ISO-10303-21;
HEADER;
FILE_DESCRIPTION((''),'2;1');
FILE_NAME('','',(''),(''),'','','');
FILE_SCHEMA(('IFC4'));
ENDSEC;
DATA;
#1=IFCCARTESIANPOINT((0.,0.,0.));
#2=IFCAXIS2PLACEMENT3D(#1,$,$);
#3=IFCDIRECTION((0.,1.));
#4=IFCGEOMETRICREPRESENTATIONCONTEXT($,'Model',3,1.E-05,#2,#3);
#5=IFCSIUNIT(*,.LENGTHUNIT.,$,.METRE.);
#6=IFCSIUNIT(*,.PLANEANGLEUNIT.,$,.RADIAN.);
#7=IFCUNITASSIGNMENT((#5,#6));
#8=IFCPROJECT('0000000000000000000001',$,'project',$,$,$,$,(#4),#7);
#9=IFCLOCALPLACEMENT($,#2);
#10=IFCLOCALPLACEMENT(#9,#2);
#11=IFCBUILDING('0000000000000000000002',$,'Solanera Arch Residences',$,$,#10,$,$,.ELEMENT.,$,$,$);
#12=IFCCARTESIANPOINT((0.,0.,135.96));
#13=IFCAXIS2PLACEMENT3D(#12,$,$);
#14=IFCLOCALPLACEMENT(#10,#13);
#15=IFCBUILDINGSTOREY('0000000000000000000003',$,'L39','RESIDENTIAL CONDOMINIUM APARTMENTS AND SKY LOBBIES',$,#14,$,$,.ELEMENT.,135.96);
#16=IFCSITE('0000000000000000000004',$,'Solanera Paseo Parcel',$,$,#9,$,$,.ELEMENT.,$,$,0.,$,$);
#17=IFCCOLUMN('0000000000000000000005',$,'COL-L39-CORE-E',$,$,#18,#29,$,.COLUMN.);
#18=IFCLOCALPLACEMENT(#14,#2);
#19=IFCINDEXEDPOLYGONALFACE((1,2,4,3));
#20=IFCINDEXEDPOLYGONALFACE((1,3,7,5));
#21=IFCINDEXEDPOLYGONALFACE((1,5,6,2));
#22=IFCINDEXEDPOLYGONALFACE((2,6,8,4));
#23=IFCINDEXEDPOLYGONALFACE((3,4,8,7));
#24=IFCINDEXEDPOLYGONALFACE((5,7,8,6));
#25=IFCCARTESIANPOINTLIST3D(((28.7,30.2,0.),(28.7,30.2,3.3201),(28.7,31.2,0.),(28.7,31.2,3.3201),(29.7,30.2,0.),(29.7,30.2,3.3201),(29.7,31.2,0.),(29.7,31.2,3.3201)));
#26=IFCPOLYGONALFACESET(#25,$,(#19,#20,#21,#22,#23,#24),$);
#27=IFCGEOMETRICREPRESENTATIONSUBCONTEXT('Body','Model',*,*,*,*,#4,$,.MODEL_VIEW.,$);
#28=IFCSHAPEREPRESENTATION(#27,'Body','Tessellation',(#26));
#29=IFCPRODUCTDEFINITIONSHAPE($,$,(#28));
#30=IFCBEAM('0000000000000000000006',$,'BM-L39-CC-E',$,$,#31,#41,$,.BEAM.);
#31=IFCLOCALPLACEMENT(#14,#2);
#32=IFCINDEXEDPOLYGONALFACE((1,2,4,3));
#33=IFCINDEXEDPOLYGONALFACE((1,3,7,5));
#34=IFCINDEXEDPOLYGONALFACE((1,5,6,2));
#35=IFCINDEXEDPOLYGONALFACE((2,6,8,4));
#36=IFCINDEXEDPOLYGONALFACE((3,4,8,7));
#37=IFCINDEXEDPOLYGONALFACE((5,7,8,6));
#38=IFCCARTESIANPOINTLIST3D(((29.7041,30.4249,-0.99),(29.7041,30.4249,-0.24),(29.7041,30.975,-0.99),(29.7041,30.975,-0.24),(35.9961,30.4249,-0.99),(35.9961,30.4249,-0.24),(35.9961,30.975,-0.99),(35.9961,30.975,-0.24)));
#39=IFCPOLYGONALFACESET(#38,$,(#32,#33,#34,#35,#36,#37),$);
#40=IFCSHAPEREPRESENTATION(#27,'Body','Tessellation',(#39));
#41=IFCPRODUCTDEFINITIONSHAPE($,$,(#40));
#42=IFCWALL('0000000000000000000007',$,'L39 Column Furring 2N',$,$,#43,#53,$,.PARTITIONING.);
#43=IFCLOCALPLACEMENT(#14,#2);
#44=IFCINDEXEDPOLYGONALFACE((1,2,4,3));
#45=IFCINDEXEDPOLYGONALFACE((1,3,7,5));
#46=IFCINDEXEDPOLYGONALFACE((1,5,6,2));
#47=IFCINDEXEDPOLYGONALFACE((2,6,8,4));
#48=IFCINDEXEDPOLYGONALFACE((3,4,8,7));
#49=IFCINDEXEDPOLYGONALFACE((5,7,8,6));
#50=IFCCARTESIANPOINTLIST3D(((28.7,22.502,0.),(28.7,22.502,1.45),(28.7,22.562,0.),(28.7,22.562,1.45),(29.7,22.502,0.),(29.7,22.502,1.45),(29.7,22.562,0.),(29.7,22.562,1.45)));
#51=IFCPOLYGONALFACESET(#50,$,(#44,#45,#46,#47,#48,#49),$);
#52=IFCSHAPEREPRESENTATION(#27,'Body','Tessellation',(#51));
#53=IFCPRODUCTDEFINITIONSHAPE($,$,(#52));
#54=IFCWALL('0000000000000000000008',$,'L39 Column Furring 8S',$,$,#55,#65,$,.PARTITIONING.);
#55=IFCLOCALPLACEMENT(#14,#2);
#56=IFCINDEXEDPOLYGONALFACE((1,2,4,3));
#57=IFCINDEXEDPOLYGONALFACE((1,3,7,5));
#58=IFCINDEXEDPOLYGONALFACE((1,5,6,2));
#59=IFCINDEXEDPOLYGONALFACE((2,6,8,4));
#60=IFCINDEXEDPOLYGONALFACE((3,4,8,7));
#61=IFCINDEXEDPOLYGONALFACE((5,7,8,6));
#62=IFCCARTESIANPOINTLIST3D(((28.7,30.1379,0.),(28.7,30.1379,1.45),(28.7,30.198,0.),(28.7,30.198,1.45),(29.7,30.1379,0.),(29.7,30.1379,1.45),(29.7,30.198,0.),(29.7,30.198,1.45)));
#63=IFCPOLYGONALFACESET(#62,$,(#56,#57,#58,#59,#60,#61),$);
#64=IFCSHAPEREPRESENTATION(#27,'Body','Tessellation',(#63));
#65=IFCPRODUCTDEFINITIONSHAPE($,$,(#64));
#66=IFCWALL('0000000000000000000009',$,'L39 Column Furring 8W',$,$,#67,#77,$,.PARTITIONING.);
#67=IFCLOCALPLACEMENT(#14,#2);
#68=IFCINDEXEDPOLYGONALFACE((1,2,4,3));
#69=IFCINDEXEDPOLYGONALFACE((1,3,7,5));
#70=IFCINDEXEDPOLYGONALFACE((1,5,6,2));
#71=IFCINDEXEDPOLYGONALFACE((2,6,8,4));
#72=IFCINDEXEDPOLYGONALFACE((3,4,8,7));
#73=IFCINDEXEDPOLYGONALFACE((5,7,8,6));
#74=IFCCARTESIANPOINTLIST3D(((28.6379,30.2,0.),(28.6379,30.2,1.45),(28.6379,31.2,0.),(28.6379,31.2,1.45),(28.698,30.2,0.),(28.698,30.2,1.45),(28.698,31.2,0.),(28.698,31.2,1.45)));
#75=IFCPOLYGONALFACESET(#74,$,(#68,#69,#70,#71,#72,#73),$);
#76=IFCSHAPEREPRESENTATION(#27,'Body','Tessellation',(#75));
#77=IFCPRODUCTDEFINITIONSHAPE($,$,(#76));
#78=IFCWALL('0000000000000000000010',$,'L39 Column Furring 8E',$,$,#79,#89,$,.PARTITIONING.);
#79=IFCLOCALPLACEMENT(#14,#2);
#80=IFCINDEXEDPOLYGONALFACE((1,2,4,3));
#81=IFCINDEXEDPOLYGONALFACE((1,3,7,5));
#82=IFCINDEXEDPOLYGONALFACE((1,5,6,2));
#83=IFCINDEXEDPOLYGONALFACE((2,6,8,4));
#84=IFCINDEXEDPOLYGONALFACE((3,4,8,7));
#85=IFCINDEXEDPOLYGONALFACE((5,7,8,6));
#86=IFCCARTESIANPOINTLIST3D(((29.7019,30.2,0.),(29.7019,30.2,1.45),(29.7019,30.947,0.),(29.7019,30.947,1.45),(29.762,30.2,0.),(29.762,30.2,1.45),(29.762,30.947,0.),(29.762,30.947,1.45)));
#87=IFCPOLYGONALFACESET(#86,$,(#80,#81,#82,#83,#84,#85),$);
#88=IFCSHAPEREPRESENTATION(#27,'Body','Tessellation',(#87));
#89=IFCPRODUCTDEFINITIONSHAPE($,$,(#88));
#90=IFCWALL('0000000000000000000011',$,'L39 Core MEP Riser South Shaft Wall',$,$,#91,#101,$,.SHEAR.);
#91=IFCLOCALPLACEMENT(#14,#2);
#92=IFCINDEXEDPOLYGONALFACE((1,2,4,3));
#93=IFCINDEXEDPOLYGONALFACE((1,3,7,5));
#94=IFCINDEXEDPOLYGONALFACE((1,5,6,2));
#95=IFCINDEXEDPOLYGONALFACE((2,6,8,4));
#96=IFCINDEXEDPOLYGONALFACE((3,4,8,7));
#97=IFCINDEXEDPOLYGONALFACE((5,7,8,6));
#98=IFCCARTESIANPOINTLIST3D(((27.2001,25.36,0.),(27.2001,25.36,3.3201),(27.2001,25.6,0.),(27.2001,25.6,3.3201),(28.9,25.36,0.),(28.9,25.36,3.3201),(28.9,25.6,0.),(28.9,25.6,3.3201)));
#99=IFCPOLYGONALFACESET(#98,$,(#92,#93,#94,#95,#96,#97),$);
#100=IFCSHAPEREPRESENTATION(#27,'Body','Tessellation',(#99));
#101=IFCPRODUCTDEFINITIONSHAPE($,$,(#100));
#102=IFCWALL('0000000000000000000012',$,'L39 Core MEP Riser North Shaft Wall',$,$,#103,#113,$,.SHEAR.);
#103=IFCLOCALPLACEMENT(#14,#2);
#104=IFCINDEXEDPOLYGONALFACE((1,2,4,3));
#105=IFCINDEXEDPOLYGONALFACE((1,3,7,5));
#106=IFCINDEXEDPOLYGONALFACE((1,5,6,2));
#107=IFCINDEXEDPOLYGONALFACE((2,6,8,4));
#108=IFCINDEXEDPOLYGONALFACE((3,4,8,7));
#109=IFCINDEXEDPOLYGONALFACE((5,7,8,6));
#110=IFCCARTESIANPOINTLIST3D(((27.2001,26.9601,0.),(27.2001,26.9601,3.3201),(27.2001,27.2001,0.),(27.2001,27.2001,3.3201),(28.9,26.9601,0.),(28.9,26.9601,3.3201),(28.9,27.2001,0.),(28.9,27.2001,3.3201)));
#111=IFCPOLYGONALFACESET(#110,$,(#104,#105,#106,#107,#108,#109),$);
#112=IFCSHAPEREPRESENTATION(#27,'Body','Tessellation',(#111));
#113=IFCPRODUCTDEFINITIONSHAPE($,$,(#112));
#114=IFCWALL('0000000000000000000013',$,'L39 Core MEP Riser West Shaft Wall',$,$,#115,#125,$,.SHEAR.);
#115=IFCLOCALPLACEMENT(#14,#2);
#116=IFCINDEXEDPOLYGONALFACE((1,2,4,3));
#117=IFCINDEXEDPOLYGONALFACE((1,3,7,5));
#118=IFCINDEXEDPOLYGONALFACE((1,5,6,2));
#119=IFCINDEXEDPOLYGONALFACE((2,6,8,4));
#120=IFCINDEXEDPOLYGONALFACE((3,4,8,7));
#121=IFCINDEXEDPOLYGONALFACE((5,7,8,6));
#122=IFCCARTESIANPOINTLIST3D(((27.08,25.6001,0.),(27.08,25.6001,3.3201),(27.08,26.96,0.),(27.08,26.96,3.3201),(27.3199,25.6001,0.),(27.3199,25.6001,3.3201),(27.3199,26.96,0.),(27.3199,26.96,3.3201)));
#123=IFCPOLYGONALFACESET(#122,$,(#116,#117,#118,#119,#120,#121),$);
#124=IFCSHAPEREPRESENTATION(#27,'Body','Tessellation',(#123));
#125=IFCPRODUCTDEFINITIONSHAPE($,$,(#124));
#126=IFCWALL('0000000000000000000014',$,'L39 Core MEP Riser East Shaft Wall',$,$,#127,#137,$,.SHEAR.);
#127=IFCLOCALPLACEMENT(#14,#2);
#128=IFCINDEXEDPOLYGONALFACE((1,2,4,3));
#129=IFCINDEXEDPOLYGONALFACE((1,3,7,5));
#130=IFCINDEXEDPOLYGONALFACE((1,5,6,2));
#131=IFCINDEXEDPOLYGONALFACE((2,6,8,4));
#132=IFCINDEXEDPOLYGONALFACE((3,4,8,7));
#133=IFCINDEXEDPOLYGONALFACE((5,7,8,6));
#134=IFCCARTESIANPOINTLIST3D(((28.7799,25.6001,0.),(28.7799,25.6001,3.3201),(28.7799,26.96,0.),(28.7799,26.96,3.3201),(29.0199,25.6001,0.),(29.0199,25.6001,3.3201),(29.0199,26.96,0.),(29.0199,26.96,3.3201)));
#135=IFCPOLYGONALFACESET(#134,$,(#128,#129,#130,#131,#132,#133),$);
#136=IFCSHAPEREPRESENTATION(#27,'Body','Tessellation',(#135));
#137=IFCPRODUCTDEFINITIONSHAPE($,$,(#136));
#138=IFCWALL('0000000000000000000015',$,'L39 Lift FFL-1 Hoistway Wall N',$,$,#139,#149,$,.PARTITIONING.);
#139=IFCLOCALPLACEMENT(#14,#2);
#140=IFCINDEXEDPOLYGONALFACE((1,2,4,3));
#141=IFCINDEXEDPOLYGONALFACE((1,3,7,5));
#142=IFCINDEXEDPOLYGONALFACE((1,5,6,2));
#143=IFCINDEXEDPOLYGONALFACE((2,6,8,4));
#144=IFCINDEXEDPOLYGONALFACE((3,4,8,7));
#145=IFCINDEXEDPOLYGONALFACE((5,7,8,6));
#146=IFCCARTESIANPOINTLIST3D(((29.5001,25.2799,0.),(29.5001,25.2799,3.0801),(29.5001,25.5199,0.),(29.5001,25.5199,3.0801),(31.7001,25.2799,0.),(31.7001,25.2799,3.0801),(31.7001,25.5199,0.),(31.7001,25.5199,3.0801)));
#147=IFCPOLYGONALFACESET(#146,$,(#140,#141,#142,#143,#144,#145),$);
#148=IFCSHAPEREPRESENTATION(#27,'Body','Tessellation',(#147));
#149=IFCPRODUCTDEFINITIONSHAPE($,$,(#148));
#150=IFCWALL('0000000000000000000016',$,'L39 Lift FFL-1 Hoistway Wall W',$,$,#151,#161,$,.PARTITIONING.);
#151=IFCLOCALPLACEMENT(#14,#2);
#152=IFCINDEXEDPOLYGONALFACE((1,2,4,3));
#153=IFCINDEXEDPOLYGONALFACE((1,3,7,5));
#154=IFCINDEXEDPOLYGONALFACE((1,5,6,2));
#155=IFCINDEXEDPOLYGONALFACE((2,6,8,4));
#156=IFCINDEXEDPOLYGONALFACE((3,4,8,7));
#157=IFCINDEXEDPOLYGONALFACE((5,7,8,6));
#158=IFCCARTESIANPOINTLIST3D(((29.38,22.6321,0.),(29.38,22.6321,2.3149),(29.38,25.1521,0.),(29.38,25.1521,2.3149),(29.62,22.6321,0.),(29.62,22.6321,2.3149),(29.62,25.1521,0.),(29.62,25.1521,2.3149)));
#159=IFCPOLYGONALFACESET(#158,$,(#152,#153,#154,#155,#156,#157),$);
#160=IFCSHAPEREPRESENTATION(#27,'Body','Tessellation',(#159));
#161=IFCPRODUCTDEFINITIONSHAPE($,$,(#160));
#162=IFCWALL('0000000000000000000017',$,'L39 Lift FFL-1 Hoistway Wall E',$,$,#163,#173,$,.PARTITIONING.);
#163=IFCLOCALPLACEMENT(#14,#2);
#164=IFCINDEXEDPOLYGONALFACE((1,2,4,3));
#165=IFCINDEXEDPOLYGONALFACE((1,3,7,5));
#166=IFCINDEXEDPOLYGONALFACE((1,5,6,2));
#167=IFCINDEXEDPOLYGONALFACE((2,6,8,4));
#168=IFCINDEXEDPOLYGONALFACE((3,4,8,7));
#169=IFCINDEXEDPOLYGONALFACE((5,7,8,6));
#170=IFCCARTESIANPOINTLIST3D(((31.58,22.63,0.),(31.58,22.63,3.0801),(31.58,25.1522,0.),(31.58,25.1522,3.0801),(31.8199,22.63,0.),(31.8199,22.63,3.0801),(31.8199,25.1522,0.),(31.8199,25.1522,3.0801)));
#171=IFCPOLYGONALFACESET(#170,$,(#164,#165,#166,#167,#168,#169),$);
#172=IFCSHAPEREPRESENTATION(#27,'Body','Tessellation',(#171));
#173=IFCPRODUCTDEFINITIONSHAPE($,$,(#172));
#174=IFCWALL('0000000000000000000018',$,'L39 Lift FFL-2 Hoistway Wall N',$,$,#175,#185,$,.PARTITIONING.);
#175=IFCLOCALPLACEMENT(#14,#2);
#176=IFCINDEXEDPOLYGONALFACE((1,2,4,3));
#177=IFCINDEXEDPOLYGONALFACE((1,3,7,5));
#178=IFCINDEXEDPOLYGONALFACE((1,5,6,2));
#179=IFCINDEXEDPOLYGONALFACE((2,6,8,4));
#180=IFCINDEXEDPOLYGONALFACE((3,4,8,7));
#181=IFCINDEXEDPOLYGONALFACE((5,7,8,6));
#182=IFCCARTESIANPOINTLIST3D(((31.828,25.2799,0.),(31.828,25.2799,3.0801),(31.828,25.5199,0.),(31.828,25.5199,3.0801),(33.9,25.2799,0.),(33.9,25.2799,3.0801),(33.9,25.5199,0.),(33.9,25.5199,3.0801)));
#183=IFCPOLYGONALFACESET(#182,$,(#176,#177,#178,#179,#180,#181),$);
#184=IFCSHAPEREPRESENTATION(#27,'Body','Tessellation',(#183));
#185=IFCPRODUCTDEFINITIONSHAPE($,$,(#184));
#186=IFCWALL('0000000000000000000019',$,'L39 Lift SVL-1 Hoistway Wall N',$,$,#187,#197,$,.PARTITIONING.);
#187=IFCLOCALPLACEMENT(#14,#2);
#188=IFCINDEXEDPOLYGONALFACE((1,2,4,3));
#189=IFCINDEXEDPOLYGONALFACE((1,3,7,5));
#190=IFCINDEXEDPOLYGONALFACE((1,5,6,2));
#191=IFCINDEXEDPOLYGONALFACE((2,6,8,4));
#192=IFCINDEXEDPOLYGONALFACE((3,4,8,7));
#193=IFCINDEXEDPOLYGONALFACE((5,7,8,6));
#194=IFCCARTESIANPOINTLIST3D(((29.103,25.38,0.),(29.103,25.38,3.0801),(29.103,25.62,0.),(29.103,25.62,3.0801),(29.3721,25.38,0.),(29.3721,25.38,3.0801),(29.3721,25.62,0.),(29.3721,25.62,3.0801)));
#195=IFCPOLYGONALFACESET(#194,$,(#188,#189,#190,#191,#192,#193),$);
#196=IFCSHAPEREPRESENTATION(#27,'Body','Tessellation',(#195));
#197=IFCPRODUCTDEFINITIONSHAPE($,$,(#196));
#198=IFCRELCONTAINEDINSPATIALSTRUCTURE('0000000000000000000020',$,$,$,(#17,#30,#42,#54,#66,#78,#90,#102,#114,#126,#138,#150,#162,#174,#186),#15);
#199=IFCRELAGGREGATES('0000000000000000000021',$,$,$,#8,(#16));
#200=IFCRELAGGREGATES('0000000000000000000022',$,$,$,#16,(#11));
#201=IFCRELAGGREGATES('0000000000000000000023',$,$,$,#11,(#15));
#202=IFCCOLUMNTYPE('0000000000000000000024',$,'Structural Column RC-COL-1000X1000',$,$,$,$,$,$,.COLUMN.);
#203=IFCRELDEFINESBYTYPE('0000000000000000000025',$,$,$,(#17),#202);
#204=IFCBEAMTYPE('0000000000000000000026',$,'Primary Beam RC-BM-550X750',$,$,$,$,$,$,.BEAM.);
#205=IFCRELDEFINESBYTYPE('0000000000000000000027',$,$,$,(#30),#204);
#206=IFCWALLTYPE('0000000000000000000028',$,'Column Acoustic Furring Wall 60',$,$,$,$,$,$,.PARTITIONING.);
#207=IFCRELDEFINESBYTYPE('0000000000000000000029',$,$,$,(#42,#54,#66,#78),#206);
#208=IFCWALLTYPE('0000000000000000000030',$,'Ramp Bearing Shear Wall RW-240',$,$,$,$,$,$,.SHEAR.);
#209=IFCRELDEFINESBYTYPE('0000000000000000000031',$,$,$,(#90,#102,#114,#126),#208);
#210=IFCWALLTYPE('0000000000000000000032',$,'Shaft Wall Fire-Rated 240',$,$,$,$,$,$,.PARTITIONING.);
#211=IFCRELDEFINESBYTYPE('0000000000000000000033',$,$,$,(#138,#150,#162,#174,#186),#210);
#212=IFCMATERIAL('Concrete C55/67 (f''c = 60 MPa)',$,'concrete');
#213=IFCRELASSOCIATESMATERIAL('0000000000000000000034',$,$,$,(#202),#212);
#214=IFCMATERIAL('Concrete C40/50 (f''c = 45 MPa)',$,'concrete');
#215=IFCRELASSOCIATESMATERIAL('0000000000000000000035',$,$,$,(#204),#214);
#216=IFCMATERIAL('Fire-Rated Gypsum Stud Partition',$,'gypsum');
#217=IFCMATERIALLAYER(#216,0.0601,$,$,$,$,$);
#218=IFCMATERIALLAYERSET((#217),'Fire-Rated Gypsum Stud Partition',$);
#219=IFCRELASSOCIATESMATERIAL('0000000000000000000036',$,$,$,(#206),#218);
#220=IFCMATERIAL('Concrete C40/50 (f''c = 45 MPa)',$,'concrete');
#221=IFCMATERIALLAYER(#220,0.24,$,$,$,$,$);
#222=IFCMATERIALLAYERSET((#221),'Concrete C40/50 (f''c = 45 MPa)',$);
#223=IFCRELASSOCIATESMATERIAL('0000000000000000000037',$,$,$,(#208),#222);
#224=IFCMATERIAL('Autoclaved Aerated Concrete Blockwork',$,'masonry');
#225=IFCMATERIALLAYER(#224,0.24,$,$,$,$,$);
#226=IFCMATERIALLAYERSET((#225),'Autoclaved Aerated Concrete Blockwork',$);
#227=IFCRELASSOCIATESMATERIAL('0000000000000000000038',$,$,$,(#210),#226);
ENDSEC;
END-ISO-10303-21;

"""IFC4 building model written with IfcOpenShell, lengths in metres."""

from ifc_helpers import new_model, si_unit, direction, frame, frame_2d, origin, origin_2d, place, context, subcontext, project, spatial, rectangle, extrude, material, layer, layer_set, material_profile, profile_set, type_object, element, save


model = new_model("IFC4")

# Units and contexts
model_context = context("Model", 3, precision=1e-05, world=origin(), true_north=direction((0.0, 1.0)))
body_context = subcontext(model_context, "Body", "Model", "MODEL_VIEW")
ifc_project = project(units=[si_unit("LENGTHUNIT", "METRE"), si_unit("PLANEANGLEUNIT", "RADIAN")], contexts=[model_context])

# Site, building, storey
site_placement = place(None, origin())
site = spatial("IfcSite", under=ifc_project, at=site_placement, Name="Solanera Paseo Parcel", CompositionType="ELEMENT", RefElevation=0.0)
building_placement = place(site_placement, origin())
building = spatial("IfcBuilding", under=site, at=building_placement, Name="Solanera Arch Residences", CompositionType="ELEMENT")
storey_placement = place(building_placement, frame((0.0, 0.0, 135.96)))
storey = spatial("IfcBuildingStorey", under=building, at=storey_placement, Name="L39", Description="RESIDENTIAL CONDOMINIUM APARTMENTS AND SKY LOBBIES", CompositionType="ELEMENT", Elevation=135.96)

# Column
ifc_material_1 = material(Name="Concrete C55/67 (f'c = 60 MPa)", Category="concrete")
ifc_material_profile_1 = material_profile(ifc_material_1, rectangle(XDim=1.0, YDim=1.0, at=origin_2d()))
ifc_profile_set_1 = profile_set([ifc_material_profile_1], Name="Concrete C55/67 (f'c = 60 MPa)")
column_type = type_object("IfcColumnType", Name="Structural Column RC-COL-1000X1000", PredefinedType="COLUMN", material=ifc_profile_set_1)
column_placement = place(storey_placement, frame((29.2, 30.7, 0.0), z_axis=(0.0, 0.0, 1.0), x_axis=(1.0, 0.0, 0.0)))
element("IfcColumn", 1, at=column_placement, inside=storey, type_object=column_type, Name="COL-L39-CORE-E", PredefinedType="COLUMN", context=body_context, shape_type="SweptSolid", body=[
    extrude(rectangle(XDim=1.0, YDim=1.0, at=origin_2d()), origin(), (0.0, 0.0, 1.0), 3.3201),
])

# Beam
ifc_material_2 = material(Name="Concrete C40/50 (f'c = 45 MPa)", Category="concrete")
ifc_material_profile_2 = material_profile(ifc_material_2, rectangle(XDim=0.55, YDim=0.75, at=origin_2d()))
ifc_profile_set_2 = profile_set([ifc_material_profile_2], Name="Concrete C40/50 (f'c = 45 MPa)")
beam_type = type_object("IfcBeamType", Name="Primary Beam RC-BM-550X750", PredefinedType="BEAM", material=ifc_profile_set_2)
beam_placement = place(storey_placement, frame((29.7041, 30.7, -0.615), z_axis=(1.0, 0.0, 0.0), x_axis=(0.0, 1.0, 0.0)))
element("IfcBeam", 2, at=beam_placement, inside=storey, type_object=beam_type, Name="BM-L39-CC-E", PredefinedType="BEAM", context=body_context, shape_type="SweptSolid", body=[
    extrude(rectangle(XDim=0.55, YDim=0.75, at=origin_2d()), origin(), (0.0, 0.0, 1.0), 6.292),
])

# Walls
ifc_material_3 = material(Name="Fire-Rated Gypsum Stud Partition", Category="gypsum")
ifc_layer_1 = layer(ifc_material_3, 0.0601)
ifc_layer_set_1 = layer_set([ifc_layer_1], Name="Fire-Rated Gypsum Stud Partition")
wall_type_1 = type_object("IfcWallType", Name="Column Acoustic Furring Wall 60", PredefinedType="PARTITIONING", material=ifc_layer_set_1)
for number, where, z_axis, x_axis, name in (
    (3, (28.7, 22.532, 0.0), (0.0, 0.0, 1.0), (1.0, 0.0, 0.0), "L39 Column Furring 2N"),
    (4, (28.7, 30.168, 0.0), (0.0, 0.0, 1.0), (1.0, 0.0, 0.0), "L39 Column Furring 8S"),
    (5, (28.668, 30.2, 0.0), (0.0, 0.0, 1.0), (0.0, 1.0, 0.0), "L39 Column Furring 8W"),
):
    element("IfcWall", number, at=place(storey_placement, frame(where, z_axis=z_axis, x_axis=x_axis)), inside=storey, type_object=wall_type_1, Name=name, PredefinedType="PARTITIONING", context=body_context, shape_type="SweptSolid", body=[
        extrude(rectangle(XDim=1.0, YDim=0.0601, at=frame_2d((0.5, 0.0))), origin(), (0.0, 0.0, 1.0), 1.45),
    ])
wall_1_placement = place(storey_placement, frame((29.7319, 30.2, 0.0), z_axis=(0.0, 0.0, 1.0), x_axis=(0.0, 1.0, 0.0)))
element("IfcWall", 6, at=wall_1_placement, inside=storey, type_object=wall_type_1, Name="L39 Column Furring 8E", PredefinedType="PARTITIONING", context=body_context, shape_type="SweptSolid", body=[
    extrude(rectangle(XDim=0.7471, YDim=0.0601, at=frame_2d((0.3735, 0.0))), origin(), (0.0, 0.0, 1.0), 1.45),
])
ifc_material_4 = material(Name="Concrete C40/50 (f'c = 45 MPa)", Category="concrete")
ifc_layer_2 = layer(ifc_material_4, 0.24)
ifc_layer_set_2 = layer_set([ifc_layer_2], Name="Concrete C40/50 (f'c = 45 MPa)")
wall_type_2 = type_object("IfcWallType", Name="Ramp Bearing Shear Wall RW-240", PredefinedType="SHEAR", material=ifc_layer_set_2)
for number, where, z_axis, x_axis, name in (
    (7, (27.2, 25.48, 0.0), (0.0, 0.0, 1.0), (1.0, 0.0, 0.0), "L39 Core MEP Riser South Shaft Wall"),
    (8, (27.2, 27.0801, 0.0), (0.0, 0.0, 1.0), (1.0, 0.0, 0.0), "L39 Core MEP Riser North Shaft Wall"),
):
    element("IfcWall", number, at=place(storey_placement, frame(where, z_axis=z_axis, x_axis=x_axis)), inside=storey, type_object=wall_type_2, Name=name, PredefinedType="SHEAR", context=body_context, shape_type="SweptSolid", body=[
        extrude(rectangle(XDim=1.7, YDim=0.24, at=frame_2d((0.8501, 0.0))), origin(), (0.0, 0.0, 1.0), 3.3201),
    ])
for number, where, z_axis, x_axis, name in (
    (9, (27.2, 25.6001, 0.0), (0.0, 0.0, 1.0), (0.0, 1.0, 0.0), "L39 Core MEP Riser West Shaft Wall"),
    (10, (28.8999, 25.6001, 0.0), (0.0, 0.0, 1.0), (0.0, 1.0, 0.0), "L39 Core MEP Riser East Shaft Wall"),
):
    element("IfcWall", number, at=place(storey_placement, frame(where, z_axis=z_axis, x_axis=x_axis)), inside=storey, type_object=wall_type_2, Name=name, PredefinedType="SHEAR", context=body_context, shape_type="SweptSolid", body=[
        extrude(rectangle(XDim=1.3599, YDim=0.24, at=frame_2d((0.6799, 0.0))), origin(), (0.0, 0.0, 1.0), 3.3201),
    ])
ifc_material_5 = material(Name="Autoclaved Aerated Concrete Blockwork", Category="masonry")
ifc_layer_3 = layer(ifc_material_5, 0.24)
ifc_layer_set_3 = layer_set([ifc_layer_3], Name="Autoclaved Aerated Concrete Blockwork")
wall_type_3 = type_object("IfcWallType", Name="Shaft Wall Fire-Rated 240", PredefinedType="PARTITIONING", material=ifc_layer_set_3)
wall_2_placement = place(storey_placement, frame((29.5, 25.3999, 0.0), z_axis=(0.0, 0.0, 1.0), x_axis=(1.0, 0.0, 0.0)))
element("IfcWall", 11, at=wall_2_placement, inside=storey, type_object=wall_type_3, Name="L39 Lift FFL-1 Hoistway Wall N", PredefinedType="PARTITIONING", context=body_context, shape_type="SweptSolid", body=[
    extrude(rectangle(XDim=2.2, YDim=0.24, at=frame_2d((1.1001, 0.0))), origin(), (0.0, 0.0, 1.0), 3.0801),
])
wall_3_placement = place(storey_placement, frame((29.5, 22.6321, 0.0), z_axis=(0.0, 0.0, 1.0), x_axis=(0.0, 1.0, 0.0)))
element("IfcWall", 12, at=wall_3_placement, inside=storey, type_object=wall_type_3, Name="L39 Lift FFL-1 Hoistway Wall W", PredefinedType="PARTITIONING", context=body_context, shape_type="SweptSolid", body=[
    extrude(rectangle(XDim=2.52, YDim=0.24, at=frame_2d((1.26, 0.0))), origin(), (0.0, 0.0, 1.0), 2.3149),
])
wall_4_placement = place(storey_placement, frame((31.7, 22.6299, 0.0), z_axis=(0.0, 0.0, 1.0), x_axis=(0.0, 1.0, 0.0)))
element("IfcWall", 13, at=wall_4_placement, inside=storey, type_object=wall_type_3, Name="L39 Lift FFL-1 Hoistway Wall E", PredefinedType="PARTITIONING", context=body_context, shape_type="SweptSolid", body=[
    extrude(rectangle(XDim=2.5222, YDim=0.24, at=frame_2d((1.2612, 0.0))), origin(), (0.0, 0.0, 1.0), 3.0801),
])
wall_5_placement = place(storey_placement, frame((31.8279, 25.3999, 0.0), z_axis=(0.0, 0.0, 1.0), x_axis=(1.0, 0.0, 0.0)))
element("IfcWall", 14, at=wall_5_placement, inside=storey, type_object=wall_type_3, Name="L39 Lift FFL-2 Hoistway Wall N", PredefinedType="PARTITIONING", context=body_context, shape_type="SweptSolid", body=[
    extrude(rectangle(XDim=2.072, YDim=0.24, at=frame_2d((1.0361, 0.0))), origin(), (0.0, 0.0, 1.0), 3.0801),
])
wall_6_placement = place(storey_placement, frame((29.103, 25.5, 0.0), z_axis=(0.0, 0.0, 1.0), x_axis=(1.0, 0.0, 0.0)))
element("IfcWall", 15, at=wall_6_placement, inside=storey, type_object=wall_type_3, Name="L39 Lift SVL-1 Hoistway Wall N", PredefinedType="PARTITIONING", context=body_context, shape_type="SweptSolid", body=[
    extrude(rectangle(XDim=0.269, YDim=0.24, at=frame_2d((0.1345, 0.0))), origin(), (0.0, 0.0, 1.0), 3.0801),
])

save(model, "model.ifc")
